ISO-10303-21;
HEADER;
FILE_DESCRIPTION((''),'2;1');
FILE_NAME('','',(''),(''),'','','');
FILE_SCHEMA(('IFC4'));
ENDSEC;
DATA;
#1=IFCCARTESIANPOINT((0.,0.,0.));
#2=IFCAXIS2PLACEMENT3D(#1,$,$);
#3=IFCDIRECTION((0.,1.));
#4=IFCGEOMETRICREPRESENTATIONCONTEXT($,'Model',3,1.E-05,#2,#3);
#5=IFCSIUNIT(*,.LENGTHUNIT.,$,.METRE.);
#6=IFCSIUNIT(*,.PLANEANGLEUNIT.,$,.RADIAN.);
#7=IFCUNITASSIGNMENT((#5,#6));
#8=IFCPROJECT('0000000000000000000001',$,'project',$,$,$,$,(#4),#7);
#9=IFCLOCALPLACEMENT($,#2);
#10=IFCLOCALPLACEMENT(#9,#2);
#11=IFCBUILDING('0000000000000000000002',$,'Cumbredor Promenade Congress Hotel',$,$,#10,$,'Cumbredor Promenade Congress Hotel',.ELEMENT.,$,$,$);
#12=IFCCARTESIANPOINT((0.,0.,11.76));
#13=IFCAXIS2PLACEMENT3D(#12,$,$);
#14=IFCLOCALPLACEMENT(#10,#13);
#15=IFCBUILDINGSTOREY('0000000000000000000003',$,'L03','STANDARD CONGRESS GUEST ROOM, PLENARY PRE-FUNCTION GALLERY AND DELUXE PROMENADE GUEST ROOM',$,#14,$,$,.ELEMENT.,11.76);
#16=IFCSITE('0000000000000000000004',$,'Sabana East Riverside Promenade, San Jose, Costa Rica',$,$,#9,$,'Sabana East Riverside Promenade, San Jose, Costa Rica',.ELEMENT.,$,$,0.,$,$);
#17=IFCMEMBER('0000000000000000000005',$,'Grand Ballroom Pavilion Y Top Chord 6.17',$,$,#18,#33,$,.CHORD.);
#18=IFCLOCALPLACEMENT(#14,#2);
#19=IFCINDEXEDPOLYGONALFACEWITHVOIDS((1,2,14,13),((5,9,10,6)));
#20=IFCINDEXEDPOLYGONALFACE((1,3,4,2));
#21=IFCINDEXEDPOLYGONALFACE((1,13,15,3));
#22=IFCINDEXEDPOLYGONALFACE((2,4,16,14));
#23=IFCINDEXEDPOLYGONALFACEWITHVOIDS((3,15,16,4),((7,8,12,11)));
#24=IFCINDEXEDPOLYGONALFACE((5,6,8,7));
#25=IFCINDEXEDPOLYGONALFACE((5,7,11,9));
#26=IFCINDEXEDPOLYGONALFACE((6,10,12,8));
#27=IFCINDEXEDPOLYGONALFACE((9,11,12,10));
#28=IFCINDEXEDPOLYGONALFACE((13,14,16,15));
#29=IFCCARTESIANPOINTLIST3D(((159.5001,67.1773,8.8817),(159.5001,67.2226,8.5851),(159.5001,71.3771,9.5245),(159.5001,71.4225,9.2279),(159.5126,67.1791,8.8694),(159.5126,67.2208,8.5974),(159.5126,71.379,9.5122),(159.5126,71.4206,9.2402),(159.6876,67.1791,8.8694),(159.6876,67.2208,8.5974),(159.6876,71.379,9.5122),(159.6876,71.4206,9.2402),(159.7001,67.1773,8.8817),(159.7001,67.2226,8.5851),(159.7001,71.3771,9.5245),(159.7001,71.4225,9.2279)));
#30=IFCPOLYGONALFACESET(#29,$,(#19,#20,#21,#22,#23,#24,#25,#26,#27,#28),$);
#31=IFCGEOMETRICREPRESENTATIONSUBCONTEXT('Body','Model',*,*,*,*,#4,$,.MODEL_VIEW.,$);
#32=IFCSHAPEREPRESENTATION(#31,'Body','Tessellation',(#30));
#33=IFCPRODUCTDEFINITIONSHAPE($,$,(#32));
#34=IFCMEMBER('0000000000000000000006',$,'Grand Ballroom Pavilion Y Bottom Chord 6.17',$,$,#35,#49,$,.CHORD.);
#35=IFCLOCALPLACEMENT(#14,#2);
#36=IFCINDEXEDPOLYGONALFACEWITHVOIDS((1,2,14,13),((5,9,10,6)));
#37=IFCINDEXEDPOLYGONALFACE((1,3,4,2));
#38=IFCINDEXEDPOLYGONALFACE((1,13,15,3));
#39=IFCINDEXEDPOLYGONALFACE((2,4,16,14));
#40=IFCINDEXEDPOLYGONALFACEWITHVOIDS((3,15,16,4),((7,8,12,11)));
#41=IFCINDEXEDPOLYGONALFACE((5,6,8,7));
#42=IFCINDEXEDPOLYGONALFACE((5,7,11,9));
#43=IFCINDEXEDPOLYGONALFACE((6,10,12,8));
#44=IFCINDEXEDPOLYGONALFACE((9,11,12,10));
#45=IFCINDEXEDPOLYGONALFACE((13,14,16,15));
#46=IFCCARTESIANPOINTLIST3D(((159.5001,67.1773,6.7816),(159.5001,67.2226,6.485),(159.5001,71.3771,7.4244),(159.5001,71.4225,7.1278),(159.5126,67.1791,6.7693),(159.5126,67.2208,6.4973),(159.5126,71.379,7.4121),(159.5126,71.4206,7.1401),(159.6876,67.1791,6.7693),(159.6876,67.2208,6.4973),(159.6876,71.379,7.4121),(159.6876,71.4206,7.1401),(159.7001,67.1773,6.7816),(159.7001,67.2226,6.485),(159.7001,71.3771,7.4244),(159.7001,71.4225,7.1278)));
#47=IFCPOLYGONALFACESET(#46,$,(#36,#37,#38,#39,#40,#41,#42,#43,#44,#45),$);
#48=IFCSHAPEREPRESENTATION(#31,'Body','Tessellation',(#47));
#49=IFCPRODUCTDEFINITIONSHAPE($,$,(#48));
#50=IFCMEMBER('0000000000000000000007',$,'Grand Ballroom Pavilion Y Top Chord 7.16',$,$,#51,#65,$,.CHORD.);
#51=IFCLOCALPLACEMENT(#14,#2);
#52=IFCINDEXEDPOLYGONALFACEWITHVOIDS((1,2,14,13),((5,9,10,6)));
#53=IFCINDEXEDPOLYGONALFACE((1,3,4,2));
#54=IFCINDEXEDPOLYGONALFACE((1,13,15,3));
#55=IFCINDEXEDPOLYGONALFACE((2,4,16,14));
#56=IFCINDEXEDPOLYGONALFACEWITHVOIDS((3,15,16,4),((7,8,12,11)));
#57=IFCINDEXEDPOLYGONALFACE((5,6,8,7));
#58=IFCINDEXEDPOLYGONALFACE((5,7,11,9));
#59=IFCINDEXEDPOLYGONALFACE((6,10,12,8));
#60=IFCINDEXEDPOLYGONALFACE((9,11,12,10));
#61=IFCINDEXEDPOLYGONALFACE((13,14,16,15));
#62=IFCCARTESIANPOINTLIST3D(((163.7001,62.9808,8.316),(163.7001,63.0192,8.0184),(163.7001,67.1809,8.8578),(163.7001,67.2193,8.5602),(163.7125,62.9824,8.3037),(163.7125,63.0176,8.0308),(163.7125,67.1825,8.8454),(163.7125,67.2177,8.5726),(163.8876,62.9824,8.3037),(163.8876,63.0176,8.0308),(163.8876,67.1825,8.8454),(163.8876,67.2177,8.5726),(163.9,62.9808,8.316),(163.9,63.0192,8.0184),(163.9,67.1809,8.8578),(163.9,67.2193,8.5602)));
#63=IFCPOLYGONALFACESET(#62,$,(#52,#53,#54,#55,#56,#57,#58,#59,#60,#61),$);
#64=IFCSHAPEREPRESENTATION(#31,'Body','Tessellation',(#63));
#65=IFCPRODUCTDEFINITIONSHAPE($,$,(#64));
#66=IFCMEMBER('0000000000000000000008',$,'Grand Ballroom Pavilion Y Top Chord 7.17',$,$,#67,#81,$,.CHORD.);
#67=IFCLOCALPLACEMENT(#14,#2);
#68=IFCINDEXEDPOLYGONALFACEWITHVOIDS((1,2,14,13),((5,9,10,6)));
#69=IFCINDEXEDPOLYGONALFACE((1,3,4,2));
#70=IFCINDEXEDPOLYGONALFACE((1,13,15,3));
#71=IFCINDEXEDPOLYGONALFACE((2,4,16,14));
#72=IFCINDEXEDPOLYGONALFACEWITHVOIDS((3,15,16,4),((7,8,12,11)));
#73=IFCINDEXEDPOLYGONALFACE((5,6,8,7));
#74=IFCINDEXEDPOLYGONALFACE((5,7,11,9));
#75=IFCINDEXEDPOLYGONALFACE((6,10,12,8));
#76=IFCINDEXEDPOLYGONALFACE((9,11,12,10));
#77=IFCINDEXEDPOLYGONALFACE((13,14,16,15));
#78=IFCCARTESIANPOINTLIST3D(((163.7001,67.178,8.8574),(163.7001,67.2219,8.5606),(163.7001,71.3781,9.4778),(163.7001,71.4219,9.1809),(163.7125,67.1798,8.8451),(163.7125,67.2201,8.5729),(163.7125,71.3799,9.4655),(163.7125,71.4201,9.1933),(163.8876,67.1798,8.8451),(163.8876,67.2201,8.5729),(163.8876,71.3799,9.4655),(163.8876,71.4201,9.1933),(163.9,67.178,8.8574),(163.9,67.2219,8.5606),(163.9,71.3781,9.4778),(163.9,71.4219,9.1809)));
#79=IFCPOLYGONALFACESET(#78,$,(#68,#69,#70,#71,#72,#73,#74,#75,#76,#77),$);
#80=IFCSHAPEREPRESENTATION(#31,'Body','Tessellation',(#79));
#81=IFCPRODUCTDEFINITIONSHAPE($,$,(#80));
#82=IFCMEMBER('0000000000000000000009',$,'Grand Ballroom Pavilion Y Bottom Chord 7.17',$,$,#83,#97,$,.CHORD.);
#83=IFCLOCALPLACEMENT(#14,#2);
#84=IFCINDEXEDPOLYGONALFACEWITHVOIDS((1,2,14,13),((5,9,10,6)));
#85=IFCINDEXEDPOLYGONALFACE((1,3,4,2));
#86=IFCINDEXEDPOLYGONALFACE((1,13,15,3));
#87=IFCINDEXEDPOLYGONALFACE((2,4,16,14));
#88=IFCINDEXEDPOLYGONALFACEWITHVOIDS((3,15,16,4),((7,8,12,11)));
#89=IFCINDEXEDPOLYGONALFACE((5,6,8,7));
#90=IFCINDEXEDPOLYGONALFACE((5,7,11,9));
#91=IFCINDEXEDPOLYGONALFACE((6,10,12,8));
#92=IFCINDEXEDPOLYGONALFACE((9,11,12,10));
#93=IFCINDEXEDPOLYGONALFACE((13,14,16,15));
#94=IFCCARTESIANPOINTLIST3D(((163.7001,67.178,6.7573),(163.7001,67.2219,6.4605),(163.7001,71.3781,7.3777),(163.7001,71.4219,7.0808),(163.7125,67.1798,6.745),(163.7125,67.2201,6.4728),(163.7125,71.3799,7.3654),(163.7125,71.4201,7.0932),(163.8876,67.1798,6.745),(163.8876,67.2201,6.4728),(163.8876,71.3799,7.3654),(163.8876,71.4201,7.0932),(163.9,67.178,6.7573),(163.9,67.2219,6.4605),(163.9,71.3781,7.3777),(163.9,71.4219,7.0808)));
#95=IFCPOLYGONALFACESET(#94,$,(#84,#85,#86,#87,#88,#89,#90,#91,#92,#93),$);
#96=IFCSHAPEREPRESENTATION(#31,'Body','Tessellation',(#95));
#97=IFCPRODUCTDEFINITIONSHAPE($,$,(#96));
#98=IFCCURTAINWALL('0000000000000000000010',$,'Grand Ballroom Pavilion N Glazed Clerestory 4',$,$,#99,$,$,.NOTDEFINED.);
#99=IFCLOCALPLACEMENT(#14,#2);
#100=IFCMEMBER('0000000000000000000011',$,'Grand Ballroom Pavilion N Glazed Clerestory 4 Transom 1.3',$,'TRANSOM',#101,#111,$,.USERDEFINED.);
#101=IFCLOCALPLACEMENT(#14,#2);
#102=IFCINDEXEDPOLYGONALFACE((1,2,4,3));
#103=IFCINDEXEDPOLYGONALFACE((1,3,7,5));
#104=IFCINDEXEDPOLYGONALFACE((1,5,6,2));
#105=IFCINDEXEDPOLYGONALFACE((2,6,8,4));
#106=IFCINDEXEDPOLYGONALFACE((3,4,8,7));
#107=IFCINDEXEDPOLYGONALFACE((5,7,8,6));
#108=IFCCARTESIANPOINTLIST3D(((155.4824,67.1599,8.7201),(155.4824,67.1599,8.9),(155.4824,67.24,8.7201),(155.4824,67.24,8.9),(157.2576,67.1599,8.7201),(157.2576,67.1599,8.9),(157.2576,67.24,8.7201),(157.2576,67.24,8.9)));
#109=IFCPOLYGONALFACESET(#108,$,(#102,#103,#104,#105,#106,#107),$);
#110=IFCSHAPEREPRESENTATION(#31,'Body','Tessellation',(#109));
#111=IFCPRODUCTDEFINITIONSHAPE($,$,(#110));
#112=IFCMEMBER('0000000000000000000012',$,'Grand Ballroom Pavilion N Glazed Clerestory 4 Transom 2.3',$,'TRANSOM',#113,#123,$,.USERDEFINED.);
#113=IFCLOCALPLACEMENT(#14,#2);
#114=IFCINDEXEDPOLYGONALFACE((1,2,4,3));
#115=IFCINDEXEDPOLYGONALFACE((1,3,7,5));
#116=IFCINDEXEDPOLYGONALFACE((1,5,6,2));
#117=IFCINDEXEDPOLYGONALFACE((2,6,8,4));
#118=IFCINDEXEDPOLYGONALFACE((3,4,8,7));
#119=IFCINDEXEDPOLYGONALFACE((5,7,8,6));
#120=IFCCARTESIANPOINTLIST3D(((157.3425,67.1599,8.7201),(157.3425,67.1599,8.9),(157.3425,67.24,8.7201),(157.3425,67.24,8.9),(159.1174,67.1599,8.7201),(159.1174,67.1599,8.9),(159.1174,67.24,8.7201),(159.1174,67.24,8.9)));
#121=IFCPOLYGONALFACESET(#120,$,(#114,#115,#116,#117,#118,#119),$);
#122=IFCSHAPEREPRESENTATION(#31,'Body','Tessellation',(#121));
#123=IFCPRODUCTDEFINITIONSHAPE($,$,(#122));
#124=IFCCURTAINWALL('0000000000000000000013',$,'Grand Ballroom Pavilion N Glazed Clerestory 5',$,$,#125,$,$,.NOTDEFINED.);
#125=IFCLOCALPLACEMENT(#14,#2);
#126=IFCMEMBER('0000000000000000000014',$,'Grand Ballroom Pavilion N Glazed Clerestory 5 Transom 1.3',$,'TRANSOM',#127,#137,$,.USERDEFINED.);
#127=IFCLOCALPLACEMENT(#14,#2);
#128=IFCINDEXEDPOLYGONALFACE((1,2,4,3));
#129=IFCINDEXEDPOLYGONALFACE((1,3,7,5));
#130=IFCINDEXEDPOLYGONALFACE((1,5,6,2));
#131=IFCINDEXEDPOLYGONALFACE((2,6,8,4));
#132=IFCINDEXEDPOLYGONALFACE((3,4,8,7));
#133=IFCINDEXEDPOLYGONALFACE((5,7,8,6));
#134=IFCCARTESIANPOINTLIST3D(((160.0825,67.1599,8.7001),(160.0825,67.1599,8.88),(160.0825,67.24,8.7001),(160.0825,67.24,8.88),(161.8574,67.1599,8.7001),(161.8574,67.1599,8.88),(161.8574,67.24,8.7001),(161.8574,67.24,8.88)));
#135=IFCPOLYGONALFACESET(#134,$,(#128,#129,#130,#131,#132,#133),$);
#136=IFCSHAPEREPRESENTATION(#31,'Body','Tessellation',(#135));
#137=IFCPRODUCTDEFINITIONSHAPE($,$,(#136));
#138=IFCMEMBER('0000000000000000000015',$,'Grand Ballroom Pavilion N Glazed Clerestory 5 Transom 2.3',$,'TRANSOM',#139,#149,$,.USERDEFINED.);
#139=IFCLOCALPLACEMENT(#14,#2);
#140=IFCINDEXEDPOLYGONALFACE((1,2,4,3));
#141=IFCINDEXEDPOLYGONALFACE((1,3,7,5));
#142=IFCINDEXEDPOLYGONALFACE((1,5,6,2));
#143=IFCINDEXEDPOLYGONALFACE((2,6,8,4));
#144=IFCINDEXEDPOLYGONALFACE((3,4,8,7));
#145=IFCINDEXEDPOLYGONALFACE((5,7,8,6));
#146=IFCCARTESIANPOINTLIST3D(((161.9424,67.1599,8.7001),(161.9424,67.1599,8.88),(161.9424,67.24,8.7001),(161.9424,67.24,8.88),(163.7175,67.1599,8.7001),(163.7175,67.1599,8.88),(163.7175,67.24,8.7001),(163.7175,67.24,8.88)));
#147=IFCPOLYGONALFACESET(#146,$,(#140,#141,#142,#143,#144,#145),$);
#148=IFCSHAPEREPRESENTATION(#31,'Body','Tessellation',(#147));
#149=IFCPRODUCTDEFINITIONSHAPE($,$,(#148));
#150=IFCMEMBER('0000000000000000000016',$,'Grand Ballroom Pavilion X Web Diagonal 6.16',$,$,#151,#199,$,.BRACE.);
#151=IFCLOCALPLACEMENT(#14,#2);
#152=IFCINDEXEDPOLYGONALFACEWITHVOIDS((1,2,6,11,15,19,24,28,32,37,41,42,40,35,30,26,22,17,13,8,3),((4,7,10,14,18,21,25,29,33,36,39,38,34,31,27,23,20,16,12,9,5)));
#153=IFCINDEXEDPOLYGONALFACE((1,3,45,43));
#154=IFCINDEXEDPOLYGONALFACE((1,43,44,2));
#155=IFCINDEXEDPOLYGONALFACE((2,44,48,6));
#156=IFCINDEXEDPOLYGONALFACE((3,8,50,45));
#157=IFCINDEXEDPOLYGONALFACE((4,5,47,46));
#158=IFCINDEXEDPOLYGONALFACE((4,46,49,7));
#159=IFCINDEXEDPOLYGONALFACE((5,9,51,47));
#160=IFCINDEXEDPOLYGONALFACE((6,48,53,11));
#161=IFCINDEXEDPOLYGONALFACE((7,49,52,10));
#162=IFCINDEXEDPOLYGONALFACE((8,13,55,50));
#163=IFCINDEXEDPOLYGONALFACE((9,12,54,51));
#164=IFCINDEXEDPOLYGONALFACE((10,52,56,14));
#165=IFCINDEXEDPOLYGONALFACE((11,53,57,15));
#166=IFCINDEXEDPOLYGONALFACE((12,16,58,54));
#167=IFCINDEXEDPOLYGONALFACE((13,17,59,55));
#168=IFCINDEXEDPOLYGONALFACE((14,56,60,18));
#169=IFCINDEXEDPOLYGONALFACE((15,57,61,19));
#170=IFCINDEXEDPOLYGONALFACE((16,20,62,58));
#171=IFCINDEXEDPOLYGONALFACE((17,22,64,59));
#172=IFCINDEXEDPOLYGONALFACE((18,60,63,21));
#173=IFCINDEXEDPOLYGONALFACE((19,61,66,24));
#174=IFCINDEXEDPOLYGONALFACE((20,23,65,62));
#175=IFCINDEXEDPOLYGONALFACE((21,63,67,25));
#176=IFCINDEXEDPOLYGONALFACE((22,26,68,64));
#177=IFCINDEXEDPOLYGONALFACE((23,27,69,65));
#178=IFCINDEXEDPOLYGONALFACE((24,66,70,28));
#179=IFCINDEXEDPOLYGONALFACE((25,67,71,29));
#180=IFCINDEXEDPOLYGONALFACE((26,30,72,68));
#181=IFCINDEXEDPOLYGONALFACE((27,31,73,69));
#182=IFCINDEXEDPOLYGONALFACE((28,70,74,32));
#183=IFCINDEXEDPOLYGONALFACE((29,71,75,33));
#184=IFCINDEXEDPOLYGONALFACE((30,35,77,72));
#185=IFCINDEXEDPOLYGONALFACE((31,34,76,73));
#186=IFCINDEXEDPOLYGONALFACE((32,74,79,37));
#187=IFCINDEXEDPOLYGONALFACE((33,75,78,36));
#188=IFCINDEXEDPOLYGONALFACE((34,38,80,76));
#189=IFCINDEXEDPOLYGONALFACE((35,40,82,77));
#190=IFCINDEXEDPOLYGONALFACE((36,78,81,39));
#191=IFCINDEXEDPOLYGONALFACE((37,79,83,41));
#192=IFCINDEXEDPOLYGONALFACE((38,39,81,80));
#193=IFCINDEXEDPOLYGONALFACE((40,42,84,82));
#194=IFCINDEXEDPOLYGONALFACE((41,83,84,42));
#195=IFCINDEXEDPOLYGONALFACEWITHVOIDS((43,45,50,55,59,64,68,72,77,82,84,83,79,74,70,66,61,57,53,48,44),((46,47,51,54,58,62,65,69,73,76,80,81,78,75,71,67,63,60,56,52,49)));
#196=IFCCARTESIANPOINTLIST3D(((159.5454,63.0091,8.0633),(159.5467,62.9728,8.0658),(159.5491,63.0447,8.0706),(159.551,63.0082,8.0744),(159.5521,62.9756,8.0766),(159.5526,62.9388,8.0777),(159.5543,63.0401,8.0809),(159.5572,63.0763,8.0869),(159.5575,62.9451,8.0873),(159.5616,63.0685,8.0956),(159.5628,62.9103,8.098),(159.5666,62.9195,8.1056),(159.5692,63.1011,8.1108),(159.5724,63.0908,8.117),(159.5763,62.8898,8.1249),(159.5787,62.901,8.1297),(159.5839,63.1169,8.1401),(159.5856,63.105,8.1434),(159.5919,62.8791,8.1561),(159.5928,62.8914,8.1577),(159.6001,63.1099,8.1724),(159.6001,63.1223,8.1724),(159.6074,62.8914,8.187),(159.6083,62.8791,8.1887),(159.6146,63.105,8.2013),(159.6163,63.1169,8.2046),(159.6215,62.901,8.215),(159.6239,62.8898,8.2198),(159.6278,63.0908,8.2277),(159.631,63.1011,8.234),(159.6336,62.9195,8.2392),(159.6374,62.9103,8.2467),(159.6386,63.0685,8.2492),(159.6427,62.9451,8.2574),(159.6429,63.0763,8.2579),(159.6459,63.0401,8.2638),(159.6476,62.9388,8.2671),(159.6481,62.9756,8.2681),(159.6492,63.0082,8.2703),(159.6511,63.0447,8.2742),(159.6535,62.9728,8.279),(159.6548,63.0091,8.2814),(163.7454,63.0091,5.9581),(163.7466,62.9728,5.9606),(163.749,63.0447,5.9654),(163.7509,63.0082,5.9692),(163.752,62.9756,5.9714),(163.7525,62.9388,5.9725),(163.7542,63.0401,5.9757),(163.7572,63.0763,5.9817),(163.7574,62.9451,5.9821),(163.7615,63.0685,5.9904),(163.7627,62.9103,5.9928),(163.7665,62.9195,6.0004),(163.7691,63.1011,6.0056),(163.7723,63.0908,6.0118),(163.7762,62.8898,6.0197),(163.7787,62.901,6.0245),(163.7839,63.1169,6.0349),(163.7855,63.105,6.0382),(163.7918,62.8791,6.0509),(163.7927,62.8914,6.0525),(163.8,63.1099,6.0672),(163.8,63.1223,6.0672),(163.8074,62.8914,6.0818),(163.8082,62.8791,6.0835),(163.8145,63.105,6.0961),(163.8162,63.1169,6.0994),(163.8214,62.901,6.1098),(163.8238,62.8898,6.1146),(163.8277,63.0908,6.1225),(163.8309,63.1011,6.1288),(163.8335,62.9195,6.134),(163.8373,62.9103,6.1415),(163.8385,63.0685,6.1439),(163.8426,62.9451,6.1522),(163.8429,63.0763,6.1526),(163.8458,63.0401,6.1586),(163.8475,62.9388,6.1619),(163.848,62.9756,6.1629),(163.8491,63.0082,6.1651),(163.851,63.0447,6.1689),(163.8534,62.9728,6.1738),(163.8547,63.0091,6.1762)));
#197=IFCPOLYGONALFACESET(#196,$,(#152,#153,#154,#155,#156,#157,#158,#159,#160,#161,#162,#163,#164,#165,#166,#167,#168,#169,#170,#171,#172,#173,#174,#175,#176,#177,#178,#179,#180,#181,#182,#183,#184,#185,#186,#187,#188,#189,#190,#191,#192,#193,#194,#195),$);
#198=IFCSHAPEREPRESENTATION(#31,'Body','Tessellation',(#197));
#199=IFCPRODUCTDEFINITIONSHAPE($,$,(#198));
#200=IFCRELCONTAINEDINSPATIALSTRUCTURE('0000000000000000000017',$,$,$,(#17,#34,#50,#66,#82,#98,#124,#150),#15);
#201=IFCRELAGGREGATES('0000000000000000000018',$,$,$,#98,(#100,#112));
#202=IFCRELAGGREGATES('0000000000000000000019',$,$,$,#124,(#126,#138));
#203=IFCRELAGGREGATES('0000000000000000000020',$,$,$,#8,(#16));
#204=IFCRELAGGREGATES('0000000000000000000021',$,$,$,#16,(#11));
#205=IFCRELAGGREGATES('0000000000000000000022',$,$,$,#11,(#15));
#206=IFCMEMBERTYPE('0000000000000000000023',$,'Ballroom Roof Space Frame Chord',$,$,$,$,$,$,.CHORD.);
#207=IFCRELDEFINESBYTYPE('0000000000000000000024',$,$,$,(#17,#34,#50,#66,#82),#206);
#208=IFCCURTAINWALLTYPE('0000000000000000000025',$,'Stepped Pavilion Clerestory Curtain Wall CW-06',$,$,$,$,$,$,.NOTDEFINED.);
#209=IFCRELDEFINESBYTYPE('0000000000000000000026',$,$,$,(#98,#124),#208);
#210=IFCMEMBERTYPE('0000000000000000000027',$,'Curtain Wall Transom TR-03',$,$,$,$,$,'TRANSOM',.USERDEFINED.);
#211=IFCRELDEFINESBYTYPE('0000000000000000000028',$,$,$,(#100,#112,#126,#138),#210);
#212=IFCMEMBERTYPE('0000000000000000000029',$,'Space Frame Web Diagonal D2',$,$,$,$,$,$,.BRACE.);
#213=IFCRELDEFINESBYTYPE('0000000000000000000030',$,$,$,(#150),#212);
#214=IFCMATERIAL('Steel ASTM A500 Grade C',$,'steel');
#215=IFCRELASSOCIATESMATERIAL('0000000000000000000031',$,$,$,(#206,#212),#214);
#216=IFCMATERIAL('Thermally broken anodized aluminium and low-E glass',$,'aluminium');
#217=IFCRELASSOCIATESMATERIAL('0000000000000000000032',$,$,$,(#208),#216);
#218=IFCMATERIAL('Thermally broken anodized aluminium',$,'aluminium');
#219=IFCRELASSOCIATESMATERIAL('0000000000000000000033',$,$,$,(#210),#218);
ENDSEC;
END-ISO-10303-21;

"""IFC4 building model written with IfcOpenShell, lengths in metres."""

from ifc_helpers import new_model, si_unit, direction, frame, origin, origin_2d, place, context, subcontext, project, spatial, rectangle, hollow_rectangle, hollow_circle, extrude, material, material_profile, profile_set, type_object, element, aggregate, save


model = new_model("IFC4")

# Units and contexts
model_context = context("Model", 3, precision=1e-05, world=origin(), true_north=direction((0.0, 1.0)))
body_context = subcontext(model_context, "Body", "Model", "MODEL_VIEW")
ifc_project = project(units=[si_unit("LENGTHUNIT", "METRE"), si_unit("PLANEANGLEUNIT", "RADIAN")], contexts=[model_context])

# Site, building, storey
site_placement = place(None, origin())
site = spatial("IfcSite", under=ifc_project, at=site_placement, Name="Sabana East Riverside Promenade, San Jose, Costa Rica", LongName="Sabana East Riverside Promenade, San Jose, Costa Rica", CompositionType="ELEMENT", RefElevation=0.0)
building_placement = place(site_placement, origin())
building = spatial("IfcBuilding", under=site, at=building_placement, Name="Cumbredor Promenade Congress Hotel", LongName="Cumbredor Promenade Congress Hotel", CompositionType="ELEMENT")
storey_placement = place(building_placement, frame((0.0, 0.0, 11.76)))
storey = spatial("IfcBuildingStorey", under=building, at=storey_placement, Name="L03", Description="STANDARD CONGRESS GUEST ROOM, PLENARY PRE-FUNCTION GALLERY AND DELUXE PROMENADE GUEST ROOM", CompositionType="ELEMENT", Elevation=11.76)

# Members
ifc_material_1 = material(Name="Steel ASTM A500 Grade C", Category="steel")
ifc_material_profile_1 = material_profile(ifc_material_1, hollow_rectangle(XDim=0.2, YDim=0.3, WallThickness=0.0125, at=origin_2d()), Name="HSS 300x200x12.5")
ifc_profile_set_1 = profile_set([ifc_material_profile_1], Name="Steel ASTM A500 Grade C")
member_type_1 = type_object("IfcMemberType", Name="Ballroom Roof Space Frame Chord", PredefinedType="CHORD", material=ifc_profile_set_1)
for number, where, z_axis, x_axis, name in (
    (1, (159.6001, 67.2, 8.7334), (0.0, 0.988489, 0.151293), (-1.0, 0.0, 0.0), "Grand Ballroom Pavilion Y Top Chord 6.17"),
    (2, (159.6001, 67.2, 6.6333), (0.0, 0.988489, 0.151293), (-1.0, 0.0, 0.0), "Grand Ballroom Pavilion Y Bottom Chord 6.17"),
):
    element("IfcMember", number, at=place(storey_placement, frame(where, z_axis=z_axis, x_axis=x_axis)), inside=storey, type_object=member_type_1, Name=name, PredefinedType="CHORD", context=body_context, shape_type="SweptSolid", body=[
        extrude(hollow_rectangle(XDim=0.2, YDim=0.3, WallThickness=0.0125, at=origin_2d()), origin(), (0.0, 0.0, 1.0), 4.2488),
    ])
member_1_placement = place(storey_placement, frame((163.8, 63.0, 8.1672), z_axis=(0.0, 0.991783, 0.127929), x_axis=(-1.0, 0.0, 0.0)))
element("IfcMember", 3, at=member_1_placement, inside=storey, type_object=member_type_1, Name="Grand Ballroom Pavilion Y Top Chord 7.16", PredefinedType="CHORD", context=body_context, shape_type="SweptSolid", body=[
    extrude(hollow_rectangle(XDim=0.2, YDim=0.3, WallThickness=0.0125, at=origin_2d()), origin(), (0.0, 0.0, 1.0), 4.2349),
])
for number, where, z_axis, x_axis, name in (
    (4, (163.8, 67.2, 8.709), (0.0, 0.989267, 0.146121), (-1.0, 0.0, 0.0), "Grand Ballroom Pavilion Y Top Chord 7.17"),
    (5, (163.8, 67.2, 6.6089), (0.0, 0.989267, 0.146121), (-1.0, 0.0, 0.0), "Grand Ballroom Pavilion Y Bottom Chord 7.17"),
):
    element("IfcMember", number, at=place(storey_placement, frame(where, z_axis=z_axis, x_axis=x_axis)), inside=storey, type_object=member_type_1, Name=name, PredefinedType="CHORD", context=body_context, shape_type="SweptSolid", body=[
        extrude(hollow_rectangle(XDim=0.2, YDim=0.3, WallThickness=0.0125, at=origin_2d()), origin(), (0.0, 0.0, 1.0), 4.2456),
    ])

# Curtain walls, members
ifc_material_2 = material(Name="Thermally broken anodized aluminium and low-E glass", Category="aluminium")
curtain_wall_type = type_object("IfcCurtainWallType", Name="Stepped Pavilion Clerestory Curtain Wall CW-06", PredefinedType="NOTDEFINED", material=ifc_material_2)
curtain_wall_1_placement = place(storey_placement, origin())
curtain_wall_1 = element("IfcCurtainWall", 6, at=curtain_wall_1_placement, inside=storey, type_object=curtain_wall_type, Name="Grand Ballroom Pavilion N Glazed Clerestory 4", PredefinedType="NOTDEFINED")
ifc_material_3 = material(Name="Thermally broken anodized aluminium", Category="aluminium")
ifc_material_profile_2 = material_profile(ifc_material_3, rectangle(XDim=0.0801, YDim=0.1799, at=origin_2d()), Name="ALU TRANSOM 80x180")
ifc_profile_set_2 = profile_set([ifc_material_profile_2], Name="Thermally broken anodized aluminium")
member_type_2 = type_object("IfcMemberType", Name="Curtain Wall Transom TR-03", ElementType="TRANSOM", PredefinedType="USERDEFINED", material=ifc_profile_set_2)
member_2_placement = place(storey_placement, frame((155.4824, 67.2, 8.8101), z_axis=(1.0, 0.0, 0.0), x_axis=(0.0, 1.0, 0.0)))
member_2 = element("IfcMember", 7, at=member_2_placement, type_object=member_type_2, Name="Grand Ballroom Pavilion N Glazed Clerestory 4 Transom 1.3", ObjectType="TRANSOM", PredefinedType="USERDEFINED", context=body_context, shape_type="SweptSolid", body=[
    extrude(rectangle(XDim=0.0801, YDim=0.1799, at=origin_2d()), origin(), (0.0, 0.0, 1.0), 1.7751),
])
member_3_placement = place(storey_placement, frame((157.3425, 67.2, 8.8101), z_axis=(1.0, 0.0, 0.0), x_axis=(0.0, 1.0, 0.0)))
member_3 = element("IfcMember", 8, at=member_3_placement, type_object=member_type_2, Name="Grand Ballroom Pavilion N Glazed Clerestory 4 Transom 2.3", ObjectType="TRANSOM", PredefinedType="USERDEFINED", context=body_context, shape_type="SweptSolid", body=[
    extrude(rectangle(XDim=0.0801, YDim=0.1799, at=origin_2d()), origin(), (0.0, 0.0, 1.0), 1.7749),
])
aggregate(curtain_wall_1, [member_2, member_3])
curtain_wall_2_placement = place(storey_placement, origin())
curtain_wall_2 = element("IfcCurtainWall", 9, at=curtain_wall_2_placement, inside=storey, type_object=curtain_wall_type, Name="Grand Ballroom Pavilion N Glazed Clerestory 5", PredefinedType="NOTDEFINED")
member_4_placement = place(storey_placement, frame((160.0825, 67.2, 8.79), z_axis=(1.0, 0.0, 0.0), x_axis=(0.0, 1.0, 0.0)))
member_4 = element("IfcMember", 10, at=member_4_placement, type_object=member_type_2, Name="Grand Ballroom Pavilion N Glazed Clerestory 5 Transom 1.3", ObjectType="TRANSOM", PredefinedType="USERDEFINED", context=body_context, shape_type="SweptSolid", body=[
    extrude(rectangle(XDim=0.0801, YDim=0.1799, at=origin_2d()), origin(), (0.0, 0.0, 1.0), 1.7749),
])
member_5_placement = place(storey_placement, frame((161.9424, 67.2, 8.79), z_axis=(1.0, 0.0, 0.0), x_axis=(0.0, 1.0, 0.0)))
member_5 = element("IfcMember", 11, at=member_5_placement, type_object=member_type_2, Name="Grand Ballroom Pavilion N Glazed Clerestory 5 Transom 2.3", ObjectType="TRANSOM", PredefinedType="USERDEFINED", context=body_context, shape_type="SweptSolid", body=[
    extrude(rectangle(XDim=0.0801, YDim=0.1799, at=origin_2d()), origin(), (0.0, 0.0, 1.0), 1.7751),
])
aggregate(curtain_wall_2, [member_4, member_5])

# Member
ifc_material_profile_3 = material_profile(ifc_material_1, hollow_circle(Radius=0.1223, WallThickness=0.0125, at=origin_2d()), Name="CHS 244.5x12.5")
ifc_profile_set_3 = profile_set([ifc_material_profile_3], Name="Steel ASTM A500 Grade C")
member_type_3 = type_object("IfcMemberType", Name="Space Frame Web Diagonal D2", PredefinedType="BRACE", material=ifc_profile_set_3)
member_6_placement = place(storey_placement, frame((159.6001, 63.0, 8.1724), z_axis=(0.89398, 0.0, -0.448107), x_axis=(0.0, 1.0, 0.0)))
element("IfcMember", 12, at=member_6_placement, inside=storey, type_object=member_type_3, Name="Grand Ballroom Pavilion X Web Diagonal 6.16", PredefinedType="BRACE", context=body_context, shape_type="SweptSolid", body=[
    extrude(hollow_circle(Radius=0.1223, WallThickness=0.0125, at=origin_2d()), origin(), (0.0, 0.0, 1.0), 4.698),
])

save(model, "model.ifc")
